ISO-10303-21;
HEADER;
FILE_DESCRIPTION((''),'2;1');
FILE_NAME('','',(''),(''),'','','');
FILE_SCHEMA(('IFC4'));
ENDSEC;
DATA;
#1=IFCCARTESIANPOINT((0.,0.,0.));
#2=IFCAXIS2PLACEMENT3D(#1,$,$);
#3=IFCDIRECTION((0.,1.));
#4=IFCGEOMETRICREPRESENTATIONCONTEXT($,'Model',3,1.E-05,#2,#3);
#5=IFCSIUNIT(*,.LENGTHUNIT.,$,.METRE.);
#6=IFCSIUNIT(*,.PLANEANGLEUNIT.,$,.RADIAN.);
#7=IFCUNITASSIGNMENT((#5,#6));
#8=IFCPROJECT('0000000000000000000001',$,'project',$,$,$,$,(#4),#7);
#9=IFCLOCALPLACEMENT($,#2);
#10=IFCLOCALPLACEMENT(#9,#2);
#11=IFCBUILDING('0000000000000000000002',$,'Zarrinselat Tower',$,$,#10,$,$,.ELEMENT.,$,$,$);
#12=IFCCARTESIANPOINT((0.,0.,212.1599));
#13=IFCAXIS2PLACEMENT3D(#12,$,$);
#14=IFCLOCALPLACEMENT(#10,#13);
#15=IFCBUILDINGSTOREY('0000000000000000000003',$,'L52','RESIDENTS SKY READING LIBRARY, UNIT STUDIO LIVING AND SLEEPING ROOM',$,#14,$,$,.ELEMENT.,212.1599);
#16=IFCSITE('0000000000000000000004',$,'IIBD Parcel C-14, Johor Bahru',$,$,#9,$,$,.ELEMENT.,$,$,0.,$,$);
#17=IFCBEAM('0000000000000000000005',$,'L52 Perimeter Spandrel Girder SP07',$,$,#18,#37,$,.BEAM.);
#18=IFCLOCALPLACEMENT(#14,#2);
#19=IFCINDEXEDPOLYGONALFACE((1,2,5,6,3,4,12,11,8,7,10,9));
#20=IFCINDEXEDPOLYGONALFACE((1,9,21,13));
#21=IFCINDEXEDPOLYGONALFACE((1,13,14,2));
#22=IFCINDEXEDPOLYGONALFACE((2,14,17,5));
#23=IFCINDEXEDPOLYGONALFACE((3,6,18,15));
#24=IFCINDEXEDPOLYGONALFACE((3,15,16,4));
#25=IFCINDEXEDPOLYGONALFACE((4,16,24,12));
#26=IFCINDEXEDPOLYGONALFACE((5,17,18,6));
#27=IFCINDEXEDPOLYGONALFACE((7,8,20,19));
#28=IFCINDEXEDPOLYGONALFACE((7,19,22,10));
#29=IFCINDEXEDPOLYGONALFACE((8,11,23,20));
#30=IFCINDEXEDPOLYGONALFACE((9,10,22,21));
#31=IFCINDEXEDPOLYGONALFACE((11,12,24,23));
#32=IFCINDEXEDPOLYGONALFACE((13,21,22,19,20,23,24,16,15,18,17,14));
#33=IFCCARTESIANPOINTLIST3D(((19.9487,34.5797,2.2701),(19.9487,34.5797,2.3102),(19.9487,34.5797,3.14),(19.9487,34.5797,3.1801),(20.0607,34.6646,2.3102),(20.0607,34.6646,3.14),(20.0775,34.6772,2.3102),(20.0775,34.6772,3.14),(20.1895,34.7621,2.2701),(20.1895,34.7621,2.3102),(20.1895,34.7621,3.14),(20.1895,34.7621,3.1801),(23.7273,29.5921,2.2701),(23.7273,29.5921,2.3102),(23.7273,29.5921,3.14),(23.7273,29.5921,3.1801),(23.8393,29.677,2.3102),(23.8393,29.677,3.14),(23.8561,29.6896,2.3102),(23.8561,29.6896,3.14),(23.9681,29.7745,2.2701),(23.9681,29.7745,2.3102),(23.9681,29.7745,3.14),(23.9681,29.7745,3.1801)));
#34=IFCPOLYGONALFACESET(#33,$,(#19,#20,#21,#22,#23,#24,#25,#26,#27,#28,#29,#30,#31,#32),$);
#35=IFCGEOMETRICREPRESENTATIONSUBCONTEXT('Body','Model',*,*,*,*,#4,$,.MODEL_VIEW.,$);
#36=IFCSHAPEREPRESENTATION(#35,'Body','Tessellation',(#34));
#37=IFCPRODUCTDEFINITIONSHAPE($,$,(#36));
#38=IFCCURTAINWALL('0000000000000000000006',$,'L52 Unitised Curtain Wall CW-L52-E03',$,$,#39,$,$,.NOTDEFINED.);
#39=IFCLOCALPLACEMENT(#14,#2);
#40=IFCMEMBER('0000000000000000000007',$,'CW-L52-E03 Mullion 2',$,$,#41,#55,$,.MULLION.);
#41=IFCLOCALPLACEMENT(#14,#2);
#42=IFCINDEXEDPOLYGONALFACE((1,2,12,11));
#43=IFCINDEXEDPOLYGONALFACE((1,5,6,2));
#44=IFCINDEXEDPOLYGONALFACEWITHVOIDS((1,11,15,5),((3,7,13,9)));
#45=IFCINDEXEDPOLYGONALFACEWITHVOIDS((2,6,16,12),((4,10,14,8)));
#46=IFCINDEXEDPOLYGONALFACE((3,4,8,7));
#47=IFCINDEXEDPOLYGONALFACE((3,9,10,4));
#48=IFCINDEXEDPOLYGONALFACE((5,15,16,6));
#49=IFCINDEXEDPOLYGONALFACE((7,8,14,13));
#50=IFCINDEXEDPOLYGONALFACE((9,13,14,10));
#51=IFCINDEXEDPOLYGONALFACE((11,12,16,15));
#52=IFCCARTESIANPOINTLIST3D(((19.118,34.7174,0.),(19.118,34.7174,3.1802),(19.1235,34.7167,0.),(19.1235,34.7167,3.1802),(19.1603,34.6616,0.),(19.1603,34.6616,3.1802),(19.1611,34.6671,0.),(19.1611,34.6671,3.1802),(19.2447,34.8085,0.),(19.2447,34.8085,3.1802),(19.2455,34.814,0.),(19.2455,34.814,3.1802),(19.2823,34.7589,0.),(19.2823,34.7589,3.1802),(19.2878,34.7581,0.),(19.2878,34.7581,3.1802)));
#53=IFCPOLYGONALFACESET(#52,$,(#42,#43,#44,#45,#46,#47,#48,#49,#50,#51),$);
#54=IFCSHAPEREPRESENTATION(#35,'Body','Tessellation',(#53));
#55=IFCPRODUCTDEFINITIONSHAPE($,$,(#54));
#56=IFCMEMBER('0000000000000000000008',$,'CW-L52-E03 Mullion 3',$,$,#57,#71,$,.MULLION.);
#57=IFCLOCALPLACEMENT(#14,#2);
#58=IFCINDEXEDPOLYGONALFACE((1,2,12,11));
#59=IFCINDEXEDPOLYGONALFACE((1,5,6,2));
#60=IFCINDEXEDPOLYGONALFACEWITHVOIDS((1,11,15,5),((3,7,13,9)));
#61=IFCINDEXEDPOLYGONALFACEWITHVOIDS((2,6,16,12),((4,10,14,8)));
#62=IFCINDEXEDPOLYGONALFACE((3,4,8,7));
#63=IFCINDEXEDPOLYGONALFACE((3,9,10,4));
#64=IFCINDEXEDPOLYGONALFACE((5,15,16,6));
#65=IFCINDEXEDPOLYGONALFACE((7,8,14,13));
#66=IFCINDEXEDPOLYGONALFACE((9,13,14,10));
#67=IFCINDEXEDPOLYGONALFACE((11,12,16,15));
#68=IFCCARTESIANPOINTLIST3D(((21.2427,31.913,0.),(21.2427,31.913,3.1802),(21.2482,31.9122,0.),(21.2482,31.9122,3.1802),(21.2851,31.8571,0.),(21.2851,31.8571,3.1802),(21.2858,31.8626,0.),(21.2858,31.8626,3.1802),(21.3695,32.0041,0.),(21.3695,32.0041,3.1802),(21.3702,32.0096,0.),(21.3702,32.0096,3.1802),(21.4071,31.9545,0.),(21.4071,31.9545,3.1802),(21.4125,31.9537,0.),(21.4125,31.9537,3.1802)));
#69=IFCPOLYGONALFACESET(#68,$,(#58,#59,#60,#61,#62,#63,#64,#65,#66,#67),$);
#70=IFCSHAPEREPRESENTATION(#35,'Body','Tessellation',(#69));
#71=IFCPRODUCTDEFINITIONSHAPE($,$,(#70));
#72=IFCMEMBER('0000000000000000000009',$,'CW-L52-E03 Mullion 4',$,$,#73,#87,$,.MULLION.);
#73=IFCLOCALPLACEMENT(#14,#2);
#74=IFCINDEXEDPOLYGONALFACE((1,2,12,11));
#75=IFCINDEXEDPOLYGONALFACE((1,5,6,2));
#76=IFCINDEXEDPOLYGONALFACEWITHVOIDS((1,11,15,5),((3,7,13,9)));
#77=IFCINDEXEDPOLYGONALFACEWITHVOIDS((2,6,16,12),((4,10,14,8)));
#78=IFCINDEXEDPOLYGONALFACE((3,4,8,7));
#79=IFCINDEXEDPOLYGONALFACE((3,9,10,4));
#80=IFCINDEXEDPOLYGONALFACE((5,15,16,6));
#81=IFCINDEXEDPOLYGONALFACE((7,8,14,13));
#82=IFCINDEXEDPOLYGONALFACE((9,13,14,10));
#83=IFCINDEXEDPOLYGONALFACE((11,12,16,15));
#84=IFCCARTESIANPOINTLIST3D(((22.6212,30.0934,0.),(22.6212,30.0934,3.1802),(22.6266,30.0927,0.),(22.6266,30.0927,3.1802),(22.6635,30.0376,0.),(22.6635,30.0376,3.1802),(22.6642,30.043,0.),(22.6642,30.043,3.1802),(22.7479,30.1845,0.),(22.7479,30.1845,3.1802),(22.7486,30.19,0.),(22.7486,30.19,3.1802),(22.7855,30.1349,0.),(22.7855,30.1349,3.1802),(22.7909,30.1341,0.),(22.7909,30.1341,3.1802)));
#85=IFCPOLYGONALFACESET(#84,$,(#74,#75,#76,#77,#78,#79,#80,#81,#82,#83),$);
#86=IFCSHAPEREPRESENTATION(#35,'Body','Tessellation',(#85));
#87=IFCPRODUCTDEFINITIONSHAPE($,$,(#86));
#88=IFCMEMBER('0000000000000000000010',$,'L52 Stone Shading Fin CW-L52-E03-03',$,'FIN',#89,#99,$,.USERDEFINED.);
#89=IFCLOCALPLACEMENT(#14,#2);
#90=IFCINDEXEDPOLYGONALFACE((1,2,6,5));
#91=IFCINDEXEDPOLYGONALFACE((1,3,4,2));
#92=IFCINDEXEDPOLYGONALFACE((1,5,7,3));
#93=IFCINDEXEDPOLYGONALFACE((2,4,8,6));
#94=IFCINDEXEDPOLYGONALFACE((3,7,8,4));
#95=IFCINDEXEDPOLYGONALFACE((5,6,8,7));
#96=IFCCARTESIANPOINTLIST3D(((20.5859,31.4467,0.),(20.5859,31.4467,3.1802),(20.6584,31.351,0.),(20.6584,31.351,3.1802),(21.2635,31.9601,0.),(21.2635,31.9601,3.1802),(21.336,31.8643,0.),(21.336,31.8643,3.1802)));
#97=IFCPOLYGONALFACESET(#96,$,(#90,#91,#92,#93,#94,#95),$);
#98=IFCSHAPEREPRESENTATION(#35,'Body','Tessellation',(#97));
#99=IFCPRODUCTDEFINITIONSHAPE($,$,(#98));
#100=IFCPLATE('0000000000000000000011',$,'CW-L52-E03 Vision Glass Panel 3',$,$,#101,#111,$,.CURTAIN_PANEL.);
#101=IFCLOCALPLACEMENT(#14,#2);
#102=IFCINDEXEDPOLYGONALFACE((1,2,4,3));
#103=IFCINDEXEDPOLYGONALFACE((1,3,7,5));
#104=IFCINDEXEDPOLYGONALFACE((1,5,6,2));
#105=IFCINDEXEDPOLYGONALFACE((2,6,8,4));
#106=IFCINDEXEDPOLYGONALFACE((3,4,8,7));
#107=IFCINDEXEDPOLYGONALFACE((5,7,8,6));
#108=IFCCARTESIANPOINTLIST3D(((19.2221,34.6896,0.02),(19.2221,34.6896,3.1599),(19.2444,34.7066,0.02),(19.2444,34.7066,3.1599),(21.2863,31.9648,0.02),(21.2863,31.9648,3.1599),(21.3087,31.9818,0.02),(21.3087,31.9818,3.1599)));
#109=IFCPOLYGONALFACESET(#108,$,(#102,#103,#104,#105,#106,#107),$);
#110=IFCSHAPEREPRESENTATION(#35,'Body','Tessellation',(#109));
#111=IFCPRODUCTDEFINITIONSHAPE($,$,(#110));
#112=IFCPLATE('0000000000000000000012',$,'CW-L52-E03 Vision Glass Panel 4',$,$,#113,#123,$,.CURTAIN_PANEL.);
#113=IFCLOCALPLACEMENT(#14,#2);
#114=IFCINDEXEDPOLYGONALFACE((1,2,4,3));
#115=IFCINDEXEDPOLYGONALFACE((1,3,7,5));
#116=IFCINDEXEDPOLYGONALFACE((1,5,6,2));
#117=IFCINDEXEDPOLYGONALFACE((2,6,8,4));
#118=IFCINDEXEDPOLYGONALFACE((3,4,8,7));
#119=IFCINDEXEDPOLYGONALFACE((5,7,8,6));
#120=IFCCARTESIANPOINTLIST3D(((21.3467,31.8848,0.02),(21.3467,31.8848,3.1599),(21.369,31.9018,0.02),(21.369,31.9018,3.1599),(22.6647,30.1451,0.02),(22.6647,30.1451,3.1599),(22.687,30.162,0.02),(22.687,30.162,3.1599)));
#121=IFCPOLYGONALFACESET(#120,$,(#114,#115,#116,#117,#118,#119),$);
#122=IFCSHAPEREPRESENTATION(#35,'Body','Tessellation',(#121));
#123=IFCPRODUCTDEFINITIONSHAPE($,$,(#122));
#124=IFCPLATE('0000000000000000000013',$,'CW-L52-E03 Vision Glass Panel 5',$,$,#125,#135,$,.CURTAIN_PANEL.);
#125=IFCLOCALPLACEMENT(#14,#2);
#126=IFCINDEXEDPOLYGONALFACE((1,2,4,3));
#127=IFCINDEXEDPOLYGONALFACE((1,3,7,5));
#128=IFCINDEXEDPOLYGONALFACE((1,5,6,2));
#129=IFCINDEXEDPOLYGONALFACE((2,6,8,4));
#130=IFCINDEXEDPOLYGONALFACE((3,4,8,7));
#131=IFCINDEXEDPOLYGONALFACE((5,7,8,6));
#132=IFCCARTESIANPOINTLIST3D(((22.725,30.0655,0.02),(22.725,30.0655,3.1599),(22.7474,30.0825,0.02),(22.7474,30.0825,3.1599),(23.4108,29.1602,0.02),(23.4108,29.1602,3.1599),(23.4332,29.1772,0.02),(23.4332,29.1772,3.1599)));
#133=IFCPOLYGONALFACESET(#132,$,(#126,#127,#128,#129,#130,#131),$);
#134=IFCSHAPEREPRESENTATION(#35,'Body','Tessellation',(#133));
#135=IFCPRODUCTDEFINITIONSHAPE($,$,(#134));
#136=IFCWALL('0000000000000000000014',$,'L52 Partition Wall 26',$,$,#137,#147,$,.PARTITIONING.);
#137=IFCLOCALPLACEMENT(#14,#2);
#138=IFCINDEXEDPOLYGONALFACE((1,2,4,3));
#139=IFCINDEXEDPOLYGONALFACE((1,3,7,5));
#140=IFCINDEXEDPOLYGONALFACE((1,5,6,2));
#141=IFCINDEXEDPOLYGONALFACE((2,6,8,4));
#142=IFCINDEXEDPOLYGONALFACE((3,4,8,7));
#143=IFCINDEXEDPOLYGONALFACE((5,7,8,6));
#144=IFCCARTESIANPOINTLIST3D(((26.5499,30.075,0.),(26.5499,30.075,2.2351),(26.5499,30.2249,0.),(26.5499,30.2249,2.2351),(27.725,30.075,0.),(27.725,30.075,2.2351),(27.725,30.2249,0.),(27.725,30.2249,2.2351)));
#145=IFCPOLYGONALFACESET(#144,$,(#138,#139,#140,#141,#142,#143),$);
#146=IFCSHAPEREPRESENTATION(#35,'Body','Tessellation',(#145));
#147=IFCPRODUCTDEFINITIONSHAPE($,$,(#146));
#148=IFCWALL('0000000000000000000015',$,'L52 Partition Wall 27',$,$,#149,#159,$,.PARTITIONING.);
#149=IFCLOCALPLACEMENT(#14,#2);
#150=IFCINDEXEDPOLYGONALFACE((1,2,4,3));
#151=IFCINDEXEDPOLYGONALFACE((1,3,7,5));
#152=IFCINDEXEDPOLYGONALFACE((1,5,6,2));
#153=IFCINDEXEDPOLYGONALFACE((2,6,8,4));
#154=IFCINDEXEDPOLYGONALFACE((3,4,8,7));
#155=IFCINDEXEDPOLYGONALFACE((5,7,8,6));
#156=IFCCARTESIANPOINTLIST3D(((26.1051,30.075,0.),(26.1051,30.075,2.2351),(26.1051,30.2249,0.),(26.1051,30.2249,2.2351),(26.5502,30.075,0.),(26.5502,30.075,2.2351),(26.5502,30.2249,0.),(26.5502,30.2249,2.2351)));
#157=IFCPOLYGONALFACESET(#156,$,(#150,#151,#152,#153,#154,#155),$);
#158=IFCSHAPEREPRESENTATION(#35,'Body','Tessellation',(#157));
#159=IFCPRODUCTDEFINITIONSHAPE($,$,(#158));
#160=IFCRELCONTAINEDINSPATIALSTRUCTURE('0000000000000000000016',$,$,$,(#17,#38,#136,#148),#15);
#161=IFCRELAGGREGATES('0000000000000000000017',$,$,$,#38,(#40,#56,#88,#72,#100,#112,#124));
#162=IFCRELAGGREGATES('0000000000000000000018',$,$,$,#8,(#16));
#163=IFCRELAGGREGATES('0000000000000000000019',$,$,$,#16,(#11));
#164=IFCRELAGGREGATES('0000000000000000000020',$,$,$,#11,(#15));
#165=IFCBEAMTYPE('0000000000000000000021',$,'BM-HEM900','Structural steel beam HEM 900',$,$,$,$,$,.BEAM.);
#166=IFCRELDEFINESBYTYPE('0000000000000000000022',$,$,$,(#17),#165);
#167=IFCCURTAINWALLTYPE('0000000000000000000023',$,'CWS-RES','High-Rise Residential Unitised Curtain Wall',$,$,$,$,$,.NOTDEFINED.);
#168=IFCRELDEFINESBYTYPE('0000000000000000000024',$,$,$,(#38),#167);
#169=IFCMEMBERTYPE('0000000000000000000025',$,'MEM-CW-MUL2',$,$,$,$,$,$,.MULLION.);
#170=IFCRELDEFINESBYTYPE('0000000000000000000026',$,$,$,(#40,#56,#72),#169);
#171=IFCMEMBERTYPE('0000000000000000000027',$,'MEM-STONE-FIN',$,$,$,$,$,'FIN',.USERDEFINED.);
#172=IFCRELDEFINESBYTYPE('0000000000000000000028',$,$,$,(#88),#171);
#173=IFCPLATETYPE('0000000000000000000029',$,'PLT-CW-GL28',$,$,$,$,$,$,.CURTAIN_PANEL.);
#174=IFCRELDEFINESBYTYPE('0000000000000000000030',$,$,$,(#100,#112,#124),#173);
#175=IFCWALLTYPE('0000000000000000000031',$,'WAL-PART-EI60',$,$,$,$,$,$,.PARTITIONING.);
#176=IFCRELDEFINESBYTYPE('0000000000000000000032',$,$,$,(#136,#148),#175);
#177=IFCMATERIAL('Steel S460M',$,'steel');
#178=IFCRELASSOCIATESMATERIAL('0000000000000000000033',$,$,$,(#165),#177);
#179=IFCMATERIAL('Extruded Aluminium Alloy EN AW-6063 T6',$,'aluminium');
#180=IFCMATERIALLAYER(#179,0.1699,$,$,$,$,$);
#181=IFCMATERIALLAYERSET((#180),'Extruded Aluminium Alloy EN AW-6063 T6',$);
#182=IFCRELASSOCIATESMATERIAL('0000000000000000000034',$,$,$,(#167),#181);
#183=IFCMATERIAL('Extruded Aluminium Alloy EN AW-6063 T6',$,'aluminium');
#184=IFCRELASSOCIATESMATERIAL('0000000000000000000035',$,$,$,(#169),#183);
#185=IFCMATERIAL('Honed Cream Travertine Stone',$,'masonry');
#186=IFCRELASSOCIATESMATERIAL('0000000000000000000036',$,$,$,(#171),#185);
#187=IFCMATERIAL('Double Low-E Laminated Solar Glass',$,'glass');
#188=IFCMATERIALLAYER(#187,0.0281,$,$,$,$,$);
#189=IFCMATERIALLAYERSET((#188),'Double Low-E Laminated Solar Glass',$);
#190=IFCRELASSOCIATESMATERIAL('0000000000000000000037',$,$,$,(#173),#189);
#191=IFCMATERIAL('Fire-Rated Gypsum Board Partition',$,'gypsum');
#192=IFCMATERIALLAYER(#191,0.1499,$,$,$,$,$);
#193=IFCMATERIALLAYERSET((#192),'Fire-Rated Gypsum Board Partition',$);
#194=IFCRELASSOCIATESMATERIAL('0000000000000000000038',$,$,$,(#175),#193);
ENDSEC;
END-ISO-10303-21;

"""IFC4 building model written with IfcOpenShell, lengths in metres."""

from ifc_helpers import new_model, si_unit, direction, frame, frame_2d, origin, origin_2d, place, context, subcontext, project, spatial, rectangle, hollow_rectangle, i_section, extrude, material, layer, layer_set, material_profile, profile_set, type_object, element, aggregate, save


model = new_model("IFC4")

# Units and contexts
model_context = context("Model", 3, precision=1e-05, world=origin(), true_north=direction((0.0, 1.0)))
body_context = subcontext(model_context, "Body", "Model", "MODEL_VIEW")
ifc_project = project(units=[si_unit("LENGTHUNIT", "METRE"), si_unit("PLANEANGLEUNIT", "RADIAN")], contexts=[model_context])

# Site, building, storey
site_placement = place(None, origin())
site = spatial("IfcSite", under=ifc_project, at=site_placement, Name="IIBD Parcel C-14, Johor Bahru", CompositionType="ELEMENT", RefElevation=0.0)
building_placement = place(site_placement, origin())
building = spatial("IfcBuilding", under=site, at=building_placement, Name="Zarrinselat Tower", CompositionType="ELEMENT")
storey_placement = place(building_placement, frame((0.0, 0.0, 212.1599)))
storey = spatial("IfcBuildingStorey", under=building, at=storey_placement, Name="L52", Description="RESIDENTS SKY READING LIBRARY, UNIT STUDIO LIVING AND SLEEPING ROOM", CompositionType="ELEMENT", Elevation=212.1599)

# Beam
ifc_material_1 = material(Name="Steel S460M", Category="steel")
ifc_material_profile_1 = material_profile(ifc_material_1, i_section(OverallWidth=0.302, OverallDepth=0.9099, WebThickness=0.021, FlangeThickness=0.04, at=origin_2d()), Name="HEM 900")
ifc_profile_set_1 = profile_set([ifc_material_profile_1], Name="Steel S460M")
beam_type = type_object("IfcBeamType", Name="BM-HEM900", Description="Structural steel beam HEM 900", PredefinedType="BEAM", material=ifc_profile_set_1)
beam_placement = place(storey_placement, frame((20.0691, 34.6709, 2.7251), z_axis=(0.60387, -0.797083, 0.0), x_axis=(0.797083, 0.60387, 0.0)))
element("IfcBeam", 1, at=beam_placement, inside=storey, type_object=beam_type, Name="L52 Perimeter Spandrel Girder SP07", PredefinedType="BEAM", context=body_context, shape_type="SweptSolid", body=[
    extrude(i_section(OverallWidth=0.302, OverallDepth=0.9099, WebThickness=0.021, FlangeThickness=0.04, at=origin_2d()), origin(), (0.0, 0.0, 1.0), 6.2573),
])

# Curtain wall, members, plates
ifc_material_2 = material(Name="Extruded Aluminium Alloy EN AW-6063 T6", Category="aluminium")
ifc_layer_1 = layer(ifc_material_2, 0.1699)
ifc_layer_set_1 = layer_set([ifc_layer_1], Name="Extruded Aluminium Alloy EN AW-6063 T6")
curtain_wall_type = type_object("IfcCurtainWallType", Name="CWS-RES", Description="High-Rise Residential Unitised Curtain Wall", PredefinedType="NOTDEFINED", material=ifc_layer_set_1)
curtain_wall_placement = place(storey_placement, origin())
curtain_wall = element("IfcCurtainWall", 2, at=curtain_wall_placement, inside=storey, type_object=curtain_wall_type, Name="L52 Unitised Curtain Wall CW-L52-E03", PredefinedType="NOTDEFINED")
ifc_material_3 = material(Name="Extruded Aluminium Alloy EN AW-6063 T6", Category="aluminium")
ifc_material_profile_2 = material_profile(ifc_material_3, hollow_rectangle(XDim=0.0701, YDim=0.1599, WallThickness=0.0039, at=origin_2d()), Name="RHS 160x70x4")
ifc_profile_set_2 = profile_set([ifc_material_profile_2], Name="Extruded Aluminium Alloy EN AW-6063 T6")
member_type_1 = type_object("IfcMemberType", Name="MEM-CW-MUL2", PredefinedType="MULLION", material=ifc_profile_set_2)
member_1_placement = place(storey_placement, frame((19.2029, 34.7378, 0.0), z_axis=(0.0, 0.0, 1.0), x_axis=(0.603859, -0.797091, 0.0)))
member_1 = element("IfcMember", 3, at=member_1_placement, type_object=member_type_1, Name="CW-L52-E03 Mullion 2", PredefinedType="MULLION", context=body_context, shape_type="SweptSolid", body=[
    extrude(hollow_rectangle(XDim=0.0701, YDim=0.1599, WallThickness=0.0039, at=origin_2d()), origin(), (0.0, 0.0, 1.0), 3.1802),
])
member_2_placement = place(storey_placement, frame((21.3276, 31.9333, 0.0), z_axis=(0.0, 0.0, 1.0), x_axis=(0.603859, -0.797091, 0.0)))
member_2 = element("IfcMember", 4, at=member_2_placement, type_object=member_type_1, Name="CW-L52-E03 Mullion 3", PredefinedType="MULLION", context=body_context, shape_type="SweptSolid", body=[
    extrude(hollow_rectangle(XDim=0.0701, YDim=0.1599, WallThickness=0.0039, at=origin_2d()), origin(), (0.0, 0.0, 1.0), 3.1802),
])
member_3_placement = place(storey_placement, frame((22.7061, 30.1138, 0.0), z_axis=(0.0, 0.0, 1.0), x_axis=(0.603859, -0.797091, 0.0)))
member_3 = element("IfcMember", 5, at=member_3_placement, type_object=member_type_1, Name="CW-L52-E03 Mullion 4", PredefinedType="MULLION", context=body_context, shape_type="SweptSolid", body=[
    extrude(hollow_rectangle(XDim=0.0701, YDim=0.1599, WallThickness=0.0039, at=origin_2d()), origin(), (0.0, 0.0, 1.0), 3.1802),
])
ifc_material_4 = material(Name="Honed Cream Travertine Stone", Category="masonry")
ifc_material_profile_3 = material_profile(ifc_material_4, rectangle(XDim=0.1201, YDim=0.8501, at=origin_2d()), Name="FIN 850x120")
ifc_profile_set_3 = profile_set([ifc_material_profile_3], Name="Honed Cream Travertine Stone")
member_type_2 = type_object("IfcMemberType", Name="MEM-STONE-FIN", ElementType="FIN", PredefinedType="USERDEFINED", material=ifc_profile_set_3)
member_4_placement = place(storey_placement, frame((20.9609, 31.6555, 0.0), z_axis=(0.0, 0.0, 1.0), x_axis=(-0.603859, 0.797091, 0.0)))
member_4 = element("IfcMember", 6, at=member_4_placement, type_object=member_type_2, Name="L52 Stone Shading Fin CW-L52-E03-03", ObjectType="FIN", PredefinedType="USERDEFINED", context=body_context, shape_type="SweptSolid", body=[
    extrude(rectangle(XDim=0.1201, YDim=0.8501, at=origin_2d()), origin(), (0.0, 0.0, 1.0), 3.1802),
])
ifc_material_5 = material(Name="Double Low-E Laminated Solar Glass", Category="glass")
ifc_layer_2 = layer(ifc_material_5, 0.0281)
ifc_layer_set_2 = layer_set([ifc_layer_2], Name="Double Low-E Laminated Solar Glass")
plate_type = type_object("IfcPlateType", Name="PLT-CW-GL28", PredefinedType="CURTAIN_PANEL", material=ifc_layer_set_2)
plate_1_placement = place(storey_placement, frame((20.2654, 33.3357, 0.02), z_axis=(0.0, 0.0, 1.0), x_axis=(0.603859, -0.797091, 0.0)))
plate_1 = element("IfcPlate", 7, at=plate_1_placement, type_object=plate_type, Name="CW-L52-E03 Vision Glass Panel 3", PredefinedType="CURTAIN_PANEL", context=body_context, shape_type="SweptSolid", body=[
    extrude(rectangle(XDim=3.4185, YDim=0.0281, at=origin_2d()), origin(), (0.0, 0.0, 1.0), 3.1399),
])
plate_2_placement = place(storey_placement, frame((22.0168, 31.0234, 0.02), z_axis=(0.0, 0.0, 1.0), x_axis=(0.603859, -0.797091, 0.0)))
plate_2 = element("IfcPlate", 8, at=plate_2_placement, type_object=plate_type, Name="CW-L52-E03 Vision Glass Panel 4", PredefinedType="CURTAIN_PANEL", context=body_context, shape_type="SweptSolid", body=[
    extrude(rectangle(XDim=2.1826, YDim=0.0281, at=origin_2d()), origin(), (0.0, 0.0, 1.0), 3.1399),
])
plate_3_placement = place(storey_placement, frame((23.0791, 29.6213, 0.02), z_axis=(0.0, 0.0, 1.0), x_axis=(0.603859, -0.797091, 0.0)))
plate_3 = element("IfcPlate", 9, at=plate_3_placement, type_object=plate_type, Name="CW-L52-E03 Vision Glass Panel 5", PredefinedType="CURTAIN_PANEL", context=body_context, shape_type="SweptSolid", body=[
    extrude(rectangle(XDim=1.1357, YDim=0.0281, at=origin_2d()), origin(), (0.0, 0.0, 1.0), 3.1399),
])
aggregate(curtain_wall, [member_1, member_2, member_4, member_3, plate_1, plate_2, plate_3])

# Walls
ifc_material_6 = material(Name="Fire-Rated Gypsum Board Partition", Category="gypsum")
ifc_layer_3 = layer(ifc_material_6, 0.1499)
ifc_layer_set_3 = layer_set([ifc_layer_3], Name="Fire-Rated Gypsum Board Partition")
wall_type_1 = type_object("IfcWallType", Name="WAL-PART-EI60", PredefinedType="PARTITIONING", material=ifc_layer_set_3)
wall_1_placement = place(storey_placement, frame((26.55, 30.1499, 0.0), z_axis=(0.0, 0.0, 1.0), x_axis=(1.0, 0.0, 0.0)))
element("IfcWall", 10, at=wall_1_placement, inside=storey, type_object=wall_type_1, Name="L52 Partition Wall 26", PredefinedType="PARTITIONING", context=body_context, shape_type="SweptSolid", body=[
    extrude(rectangle(XDim=1.175, YDim=0.1499, at=frame_2d((0.5874, 0.0))), origin(), (0.0, 0.0, 1.0), 2.2351),
])
wall_2_placement = place(storey_placement, frame((26.105, 30.1499, 0.0), z_axis=(0.0, 0.0, 1.0), x_axis=(1.0, 0.0, 0.0)))
element("IfcWall", 11, at=wall_2_placement, inside=storey, type_object=wall_type_1, Name="L52 Partition Wall 27", PredefinedType="PARTITIONING", context=body_context, shape_type="SweptSolid", body=[
    extrude(rectangle(XDim=0.4451, YDim=0.1499, at=frame_2d((0.2227, 0.0))), origin(), (0.0, 0.0, 1.0), 2.2351),
])

save(model, "model.ifc")
